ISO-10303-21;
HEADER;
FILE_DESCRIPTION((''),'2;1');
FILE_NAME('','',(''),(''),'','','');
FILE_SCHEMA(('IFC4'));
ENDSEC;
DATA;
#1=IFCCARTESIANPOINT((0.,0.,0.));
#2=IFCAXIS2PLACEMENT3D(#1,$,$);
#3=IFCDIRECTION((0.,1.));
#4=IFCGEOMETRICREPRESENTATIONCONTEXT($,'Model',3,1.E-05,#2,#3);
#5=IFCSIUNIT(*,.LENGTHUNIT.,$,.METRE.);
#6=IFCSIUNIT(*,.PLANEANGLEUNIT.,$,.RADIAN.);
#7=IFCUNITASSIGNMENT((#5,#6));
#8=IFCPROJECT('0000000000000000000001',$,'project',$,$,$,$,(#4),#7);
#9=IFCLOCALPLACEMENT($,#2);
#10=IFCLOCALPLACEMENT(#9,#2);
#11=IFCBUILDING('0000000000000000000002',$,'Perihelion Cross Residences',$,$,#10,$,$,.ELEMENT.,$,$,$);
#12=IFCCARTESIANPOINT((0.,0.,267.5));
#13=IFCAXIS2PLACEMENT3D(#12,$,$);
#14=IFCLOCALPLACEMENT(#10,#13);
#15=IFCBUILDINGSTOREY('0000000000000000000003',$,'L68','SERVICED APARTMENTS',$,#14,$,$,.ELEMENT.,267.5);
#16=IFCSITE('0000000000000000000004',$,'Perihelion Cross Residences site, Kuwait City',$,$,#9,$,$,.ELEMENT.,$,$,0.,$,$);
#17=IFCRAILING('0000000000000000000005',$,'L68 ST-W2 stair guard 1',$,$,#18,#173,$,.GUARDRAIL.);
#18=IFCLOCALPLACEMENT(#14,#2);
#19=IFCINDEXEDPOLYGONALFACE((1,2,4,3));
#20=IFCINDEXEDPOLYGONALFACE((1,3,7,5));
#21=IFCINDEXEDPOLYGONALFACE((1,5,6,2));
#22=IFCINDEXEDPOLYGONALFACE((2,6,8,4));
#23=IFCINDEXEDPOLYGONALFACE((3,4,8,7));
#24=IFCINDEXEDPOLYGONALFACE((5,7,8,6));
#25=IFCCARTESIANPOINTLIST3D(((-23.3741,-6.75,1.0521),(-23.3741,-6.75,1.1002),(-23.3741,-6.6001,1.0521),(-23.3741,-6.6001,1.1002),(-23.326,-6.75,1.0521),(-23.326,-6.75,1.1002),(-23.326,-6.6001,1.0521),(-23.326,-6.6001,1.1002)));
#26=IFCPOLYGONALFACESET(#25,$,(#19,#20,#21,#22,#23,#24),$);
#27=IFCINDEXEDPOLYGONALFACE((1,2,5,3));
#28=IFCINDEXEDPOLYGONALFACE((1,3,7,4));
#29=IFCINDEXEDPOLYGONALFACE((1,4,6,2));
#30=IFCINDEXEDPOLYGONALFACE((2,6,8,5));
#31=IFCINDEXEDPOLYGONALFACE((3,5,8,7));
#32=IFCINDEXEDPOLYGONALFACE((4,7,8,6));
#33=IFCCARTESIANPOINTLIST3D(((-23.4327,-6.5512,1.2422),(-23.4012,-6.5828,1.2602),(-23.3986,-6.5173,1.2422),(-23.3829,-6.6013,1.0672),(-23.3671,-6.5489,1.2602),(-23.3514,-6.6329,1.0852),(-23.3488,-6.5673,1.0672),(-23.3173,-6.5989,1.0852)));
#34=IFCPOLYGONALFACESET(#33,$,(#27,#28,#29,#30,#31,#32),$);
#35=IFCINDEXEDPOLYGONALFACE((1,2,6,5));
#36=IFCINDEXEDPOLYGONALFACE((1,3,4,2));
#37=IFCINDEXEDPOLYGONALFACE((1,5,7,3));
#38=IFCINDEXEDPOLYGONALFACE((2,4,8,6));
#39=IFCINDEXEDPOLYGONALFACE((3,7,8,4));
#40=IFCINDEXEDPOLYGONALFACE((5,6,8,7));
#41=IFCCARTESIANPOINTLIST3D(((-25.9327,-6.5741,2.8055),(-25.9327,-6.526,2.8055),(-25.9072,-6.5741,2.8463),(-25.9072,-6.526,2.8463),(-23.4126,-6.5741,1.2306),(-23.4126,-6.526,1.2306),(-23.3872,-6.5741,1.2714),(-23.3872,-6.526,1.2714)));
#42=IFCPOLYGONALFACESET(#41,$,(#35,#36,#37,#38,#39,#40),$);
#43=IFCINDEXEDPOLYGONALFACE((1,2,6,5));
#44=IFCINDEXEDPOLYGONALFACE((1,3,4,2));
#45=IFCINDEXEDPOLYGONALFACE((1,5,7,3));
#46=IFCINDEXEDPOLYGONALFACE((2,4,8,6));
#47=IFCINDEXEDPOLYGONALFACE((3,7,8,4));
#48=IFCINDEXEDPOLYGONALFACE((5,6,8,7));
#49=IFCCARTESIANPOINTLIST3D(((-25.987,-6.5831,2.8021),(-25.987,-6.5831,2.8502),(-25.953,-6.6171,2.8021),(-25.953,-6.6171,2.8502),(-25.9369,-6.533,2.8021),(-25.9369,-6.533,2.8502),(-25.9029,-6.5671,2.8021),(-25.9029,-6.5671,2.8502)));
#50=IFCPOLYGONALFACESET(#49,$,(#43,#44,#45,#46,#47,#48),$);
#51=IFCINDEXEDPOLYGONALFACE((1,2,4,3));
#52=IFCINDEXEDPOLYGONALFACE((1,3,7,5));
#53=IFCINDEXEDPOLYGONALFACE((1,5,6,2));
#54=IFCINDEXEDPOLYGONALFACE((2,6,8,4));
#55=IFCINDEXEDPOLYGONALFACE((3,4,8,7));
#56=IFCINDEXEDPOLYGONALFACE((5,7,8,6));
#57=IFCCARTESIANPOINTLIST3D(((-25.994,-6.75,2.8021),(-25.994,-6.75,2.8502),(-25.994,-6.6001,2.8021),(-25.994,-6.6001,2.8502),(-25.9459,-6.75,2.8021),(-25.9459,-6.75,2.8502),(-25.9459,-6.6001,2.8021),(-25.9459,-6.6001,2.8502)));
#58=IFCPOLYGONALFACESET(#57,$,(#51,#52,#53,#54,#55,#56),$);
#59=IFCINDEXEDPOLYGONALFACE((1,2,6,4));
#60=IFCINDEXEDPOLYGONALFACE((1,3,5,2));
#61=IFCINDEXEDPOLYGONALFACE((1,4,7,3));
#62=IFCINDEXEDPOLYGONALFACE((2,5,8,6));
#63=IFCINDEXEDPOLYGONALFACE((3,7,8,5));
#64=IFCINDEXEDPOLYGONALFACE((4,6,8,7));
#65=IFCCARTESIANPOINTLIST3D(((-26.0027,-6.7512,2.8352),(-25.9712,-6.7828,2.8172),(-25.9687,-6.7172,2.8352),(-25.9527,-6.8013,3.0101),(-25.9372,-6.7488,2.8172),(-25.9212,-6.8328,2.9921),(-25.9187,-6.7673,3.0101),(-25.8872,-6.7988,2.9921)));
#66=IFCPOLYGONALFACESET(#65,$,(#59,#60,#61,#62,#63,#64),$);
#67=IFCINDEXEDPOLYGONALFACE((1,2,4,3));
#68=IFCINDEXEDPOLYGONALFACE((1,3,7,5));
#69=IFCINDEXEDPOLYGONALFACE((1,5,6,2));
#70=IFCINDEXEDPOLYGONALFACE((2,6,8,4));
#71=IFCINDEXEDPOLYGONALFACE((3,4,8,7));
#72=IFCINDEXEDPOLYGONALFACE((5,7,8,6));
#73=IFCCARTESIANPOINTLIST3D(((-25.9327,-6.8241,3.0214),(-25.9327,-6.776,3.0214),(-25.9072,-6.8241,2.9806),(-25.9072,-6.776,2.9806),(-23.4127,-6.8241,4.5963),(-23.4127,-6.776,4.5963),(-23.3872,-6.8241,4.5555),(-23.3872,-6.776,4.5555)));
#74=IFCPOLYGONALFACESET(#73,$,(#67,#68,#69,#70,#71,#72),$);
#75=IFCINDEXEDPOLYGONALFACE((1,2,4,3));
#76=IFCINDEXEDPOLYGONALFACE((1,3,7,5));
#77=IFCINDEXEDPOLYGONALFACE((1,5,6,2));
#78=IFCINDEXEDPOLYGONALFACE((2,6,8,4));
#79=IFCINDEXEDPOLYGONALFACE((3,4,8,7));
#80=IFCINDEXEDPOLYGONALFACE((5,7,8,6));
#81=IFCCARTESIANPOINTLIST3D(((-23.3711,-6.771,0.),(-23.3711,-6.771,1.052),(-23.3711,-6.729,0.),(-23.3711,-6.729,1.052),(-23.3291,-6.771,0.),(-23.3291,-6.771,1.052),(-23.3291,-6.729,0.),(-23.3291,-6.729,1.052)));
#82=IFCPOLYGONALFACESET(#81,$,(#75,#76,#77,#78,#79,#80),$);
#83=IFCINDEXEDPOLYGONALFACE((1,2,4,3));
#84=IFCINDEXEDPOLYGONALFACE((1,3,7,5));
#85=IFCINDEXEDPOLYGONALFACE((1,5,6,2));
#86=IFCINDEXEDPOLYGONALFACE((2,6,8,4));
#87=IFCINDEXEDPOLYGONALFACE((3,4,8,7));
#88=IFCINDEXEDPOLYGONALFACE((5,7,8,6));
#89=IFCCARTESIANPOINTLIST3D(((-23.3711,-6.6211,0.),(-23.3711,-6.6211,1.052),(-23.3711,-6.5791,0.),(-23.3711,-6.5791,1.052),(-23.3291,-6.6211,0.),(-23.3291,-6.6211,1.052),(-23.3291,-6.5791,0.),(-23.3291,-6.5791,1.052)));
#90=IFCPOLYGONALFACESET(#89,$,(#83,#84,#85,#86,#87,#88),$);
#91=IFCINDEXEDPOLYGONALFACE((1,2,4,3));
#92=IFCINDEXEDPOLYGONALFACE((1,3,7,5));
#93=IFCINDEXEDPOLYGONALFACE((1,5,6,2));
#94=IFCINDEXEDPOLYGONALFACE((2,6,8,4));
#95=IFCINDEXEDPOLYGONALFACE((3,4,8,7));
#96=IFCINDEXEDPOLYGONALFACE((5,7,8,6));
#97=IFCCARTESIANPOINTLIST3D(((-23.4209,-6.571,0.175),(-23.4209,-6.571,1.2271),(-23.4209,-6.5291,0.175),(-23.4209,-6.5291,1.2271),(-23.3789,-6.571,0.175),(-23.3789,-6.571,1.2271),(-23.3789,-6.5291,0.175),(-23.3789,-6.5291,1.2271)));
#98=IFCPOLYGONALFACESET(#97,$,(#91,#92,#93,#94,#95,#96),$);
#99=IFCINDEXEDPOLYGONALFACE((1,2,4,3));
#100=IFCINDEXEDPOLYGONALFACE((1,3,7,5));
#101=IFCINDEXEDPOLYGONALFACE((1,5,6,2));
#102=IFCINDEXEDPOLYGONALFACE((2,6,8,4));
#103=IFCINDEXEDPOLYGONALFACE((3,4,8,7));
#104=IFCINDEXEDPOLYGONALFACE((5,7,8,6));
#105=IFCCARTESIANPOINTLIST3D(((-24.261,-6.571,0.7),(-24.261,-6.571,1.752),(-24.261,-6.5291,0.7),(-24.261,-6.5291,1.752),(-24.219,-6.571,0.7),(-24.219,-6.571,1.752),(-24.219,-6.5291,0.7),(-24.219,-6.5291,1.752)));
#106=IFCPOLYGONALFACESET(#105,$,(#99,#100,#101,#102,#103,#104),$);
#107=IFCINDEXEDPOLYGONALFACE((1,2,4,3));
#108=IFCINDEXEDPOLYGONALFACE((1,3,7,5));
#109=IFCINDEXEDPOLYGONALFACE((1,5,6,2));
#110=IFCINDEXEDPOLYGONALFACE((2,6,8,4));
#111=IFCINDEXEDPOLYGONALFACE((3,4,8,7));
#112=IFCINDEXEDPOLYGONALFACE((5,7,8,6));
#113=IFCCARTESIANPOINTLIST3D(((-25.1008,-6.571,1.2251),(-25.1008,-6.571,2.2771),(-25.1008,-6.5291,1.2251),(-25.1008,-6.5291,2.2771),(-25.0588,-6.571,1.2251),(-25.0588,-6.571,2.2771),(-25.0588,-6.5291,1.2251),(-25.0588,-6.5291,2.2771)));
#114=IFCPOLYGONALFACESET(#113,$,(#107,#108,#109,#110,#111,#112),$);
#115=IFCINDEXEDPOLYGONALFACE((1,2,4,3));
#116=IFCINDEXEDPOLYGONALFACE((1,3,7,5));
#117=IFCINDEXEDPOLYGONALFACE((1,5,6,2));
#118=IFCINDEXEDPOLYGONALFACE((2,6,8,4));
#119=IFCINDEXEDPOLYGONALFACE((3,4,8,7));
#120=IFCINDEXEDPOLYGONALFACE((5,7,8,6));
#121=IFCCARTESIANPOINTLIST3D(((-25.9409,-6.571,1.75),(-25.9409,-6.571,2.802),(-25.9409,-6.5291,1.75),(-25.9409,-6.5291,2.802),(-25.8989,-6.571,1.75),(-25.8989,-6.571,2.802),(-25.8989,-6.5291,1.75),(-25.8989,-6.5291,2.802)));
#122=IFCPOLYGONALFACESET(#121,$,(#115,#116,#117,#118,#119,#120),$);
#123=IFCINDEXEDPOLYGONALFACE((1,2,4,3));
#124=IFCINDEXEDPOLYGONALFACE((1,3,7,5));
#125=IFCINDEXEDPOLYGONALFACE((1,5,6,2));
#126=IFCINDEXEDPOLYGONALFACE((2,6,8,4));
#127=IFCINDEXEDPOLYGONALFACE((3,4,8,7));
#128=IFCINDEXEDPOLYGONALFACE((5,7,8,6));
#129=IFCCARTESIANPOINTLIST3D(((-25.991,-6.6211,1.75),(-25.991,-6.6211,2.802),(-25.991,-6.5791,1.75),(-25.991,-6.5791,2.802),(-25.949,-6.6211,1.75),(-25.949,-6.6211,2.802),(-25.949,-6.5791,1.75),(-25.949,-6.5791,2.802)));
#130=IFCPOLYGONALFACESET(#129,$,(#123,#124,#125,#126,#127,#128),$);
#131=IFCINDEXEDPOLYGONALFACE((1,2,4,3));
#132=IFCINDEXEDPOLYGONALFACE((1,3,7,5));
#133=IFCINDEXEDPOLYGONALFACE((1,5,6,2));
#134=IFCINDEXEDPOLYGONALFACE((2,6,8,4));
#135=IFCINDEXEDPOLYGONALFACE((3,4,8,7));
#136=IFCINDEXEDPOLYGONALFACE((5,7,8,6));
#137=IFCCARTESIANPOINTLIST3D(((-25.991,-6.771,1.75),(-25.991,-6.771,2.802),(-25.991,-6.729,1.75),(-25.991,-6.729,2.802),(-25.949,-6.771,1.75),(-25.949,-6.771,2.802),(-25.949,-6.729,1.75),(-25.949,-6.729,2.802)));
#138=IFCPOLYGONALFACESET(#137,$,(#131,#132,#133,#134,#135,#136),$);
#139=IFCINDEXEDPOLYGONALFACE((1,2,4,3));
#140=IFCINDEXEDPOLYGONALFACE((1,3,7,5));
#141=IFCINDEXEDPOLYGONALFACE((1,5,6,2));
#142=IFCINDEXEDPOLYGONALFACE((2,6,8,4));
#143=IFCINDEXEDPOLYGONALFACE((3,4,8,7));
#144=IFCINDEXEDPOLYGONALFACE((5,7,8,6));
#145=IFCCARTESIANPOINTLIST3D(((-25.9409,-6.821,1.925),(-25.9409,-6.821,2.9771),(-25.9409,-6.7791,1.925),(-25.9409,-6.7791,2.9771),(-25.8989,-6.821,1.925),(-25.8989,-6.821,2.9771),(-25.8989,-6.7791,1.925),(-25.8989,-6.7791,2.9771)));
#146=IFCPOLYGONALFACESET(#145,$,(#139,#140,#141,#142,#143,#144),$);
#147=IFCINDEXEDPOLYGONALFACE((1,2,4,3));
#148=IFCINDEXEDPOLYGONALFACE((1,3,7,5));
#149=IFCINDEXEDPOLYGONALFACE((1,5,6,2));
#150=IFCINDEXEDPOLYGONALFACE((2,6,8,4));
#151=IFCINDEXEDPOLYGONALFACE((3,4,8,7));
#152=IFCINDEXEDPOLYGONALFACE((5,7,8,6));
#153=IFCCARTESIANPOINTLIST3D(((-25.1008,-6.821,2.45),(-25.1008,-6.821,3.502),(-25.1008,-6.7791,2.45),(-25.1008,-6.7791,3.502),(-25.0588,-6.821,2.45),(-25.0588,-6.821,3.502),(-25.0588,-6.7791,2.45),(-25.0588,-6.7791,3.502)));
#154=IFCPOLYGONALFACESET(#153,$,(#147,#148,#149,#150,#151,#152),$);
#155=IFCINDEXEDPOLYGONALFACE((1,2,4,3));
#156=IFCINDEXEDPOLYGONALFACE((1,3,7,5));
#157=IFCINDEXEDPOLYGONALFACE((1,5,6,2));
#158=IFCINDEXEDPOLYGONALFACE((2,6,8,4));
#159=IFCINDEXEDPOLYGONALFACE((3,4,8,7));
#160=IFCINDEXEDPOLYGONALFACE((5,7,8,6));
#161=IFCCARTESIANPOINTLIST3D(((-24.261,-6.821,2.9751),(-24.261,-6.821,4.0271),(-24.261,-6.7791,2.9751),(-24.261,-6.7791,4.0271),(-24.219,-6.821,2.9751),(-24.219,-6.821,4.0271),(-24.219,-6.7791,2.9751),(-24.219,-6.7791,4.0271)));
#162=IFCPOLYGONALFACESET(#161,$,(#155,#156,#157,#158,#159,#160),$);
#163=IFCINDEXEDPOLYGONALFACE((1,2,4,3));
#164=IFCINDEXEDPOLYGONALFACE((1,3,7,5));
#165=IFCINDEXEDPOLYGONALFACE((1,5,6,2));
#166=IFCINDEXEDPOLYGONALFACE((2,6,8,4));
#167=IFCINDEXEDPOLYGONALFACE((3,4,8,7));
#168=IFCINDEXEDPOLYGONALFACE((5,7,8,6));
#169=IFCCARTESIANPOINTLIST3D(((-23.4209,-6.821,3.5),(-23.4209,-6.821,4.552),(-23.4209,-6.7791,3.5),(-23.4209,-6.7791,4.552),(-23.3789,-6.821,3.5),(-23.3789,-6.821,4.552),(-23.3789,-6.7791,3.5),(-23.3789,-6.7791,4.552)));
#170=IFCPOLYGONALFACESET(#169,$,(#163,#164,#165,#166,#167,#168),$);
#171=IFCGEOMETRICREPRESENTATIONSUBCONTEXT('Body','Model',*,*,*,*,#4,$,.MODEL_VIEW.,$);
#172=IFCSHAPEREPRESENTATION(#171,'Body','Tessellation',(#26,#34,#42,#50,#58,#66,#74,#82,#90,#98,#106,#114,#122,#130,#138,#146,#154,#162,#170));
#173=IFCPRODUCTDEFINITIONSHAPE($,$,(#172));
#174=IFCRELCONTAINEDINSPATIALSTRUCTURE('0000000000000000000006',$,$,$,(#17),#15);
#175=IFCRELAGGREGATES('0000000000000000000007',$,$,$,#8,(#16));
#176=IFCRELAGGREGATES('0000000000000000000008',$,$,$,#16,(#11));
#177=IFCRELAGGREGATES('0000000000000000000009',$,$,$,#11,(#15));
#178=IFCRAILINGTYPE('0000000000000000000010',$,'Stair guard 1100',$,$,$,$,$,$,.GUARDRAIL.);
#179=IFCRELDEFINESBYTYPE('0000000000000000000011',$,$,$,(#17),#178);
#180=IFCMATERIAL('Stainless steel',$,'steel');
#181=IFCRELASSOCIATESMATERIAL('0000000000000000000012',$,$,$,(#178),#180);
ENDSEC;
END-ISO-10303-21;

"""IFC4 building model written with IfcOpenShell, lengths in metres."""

from ifc_helpers import new_model, si_unit, direction, frame, origin, origin_2d, place, context, subcontext, project, spatial, rectangle, extrude, material, type_object, element, save


model = new_model("IFC4")

# Units and contexts
model_context = context("Model", 3, precision=1e-05, world=origin(), true_north=direction((0.0, 1.0)))
body_context = subcontext(model_context, "Body", "Model", "MODEL_VIEW")
ifc_project = project(units=[si_unit("LENGTHUNIT", "METRE"), si_unit("PLANEANGLEUNIT", "RADIAN")], contexts=[model_context])

# Site, building, storey
site_placement = place(None, origin())
site = spatial("IfcSite", under=ifc_project, at=site_placement, Name="Perihelion Cross Residences site, Kuwait City", CompositionType="ELEMENT", RefElevation=0.0)
building_placement = place(site_placement, origin())
building = spatial("IfcBuilding", under=site, at=building_placement, Name="Perihelion Cross Residences", CompositionType="ELEMENT")
storey_placement = place(building_placement, frame((0.0, 0.0, 267.5)))
storey = spatial("IfcBuildingStorey", under=building, at=storey_placement, Name="L68", Description="SERVICED APARTMENTS", CompositionType="ELEMENT", Elevation=267.5)

# Railing
ifc_material_1 = material(Name="Stainless steel", Category="steel")
railing_type_1 = type_object("IfcRailingType", Name="Stair guard 1100", PredefinedType="GUARDRAIL", material=ifc_material_1)
railing_1_placement = place(storey_placement, frame((-23.3501, -6.75, 0.0)))
element("IfcRailing", 1, at=railing_1_placement, inside=storey, type_object=railing_type_1, Name="L68 ST-W2 stair guard 1", PredefinedType="GUARDRAIL", context=body_context, shape_type="SweptSolid", body=[
    extrude(rectangle(XDim=0.0481, YDim=0.0481, at=origin_2d()), frame((0.0, 0.0, 1.0762), z_axis=(0.0, 1.0, 0.0), x_axis=(-1.0, 0.0, 0.0)), (0.0, 0.0, 1.0), 0.1499),
    extrude(rectangle(XDim=0.0481, YDim=0.0481, at=origin_2d()), frame((0.0, 0.1499, 1.0762), z_axis=(-0.263862, 0.265156, 0.927399), x_axis=(-0.708834, -0.705376, 0.0)), (0.0, 0.0, 1.0), 0.1887),
    extrude(rectangle(XDim=0.0481, YDim=0.0481, at=origin_2d()), frame((-0.0498, 0.2, 1.251), z_axis=(-0.848008, 0.0, 0.529984), x_axis=(0.0, -1.0, 0.0)), (0.0, 0.0, 1.0), 2.9717),
    extrude(rectangle(XDim=0.0481, YDim=0.0481, at=origin_2d()), frame((-2.5698, 0.2, 2.8262), z_axis=(-0.707107, -0.707107, 0.0), x_axis=(0.707107, -0.707107, 0.0)), (0.0, 0.0, 1.0), 0.0708),
    extrude(rectangle(XDim=0.0481, YDim=0.0481, at=origin_2d()), frame((-2.6199, 0.1499, 2.8262), z_axis=(0.0, -1.0, 0.0), x_axis=(1.0, 0.0, 0.0)), (0.0, 0.0, 1.0), 0.1499),
    extrude(rectangle(XDim=0.0481, YDim=0.0481, at=origin_2d()), frame((-2.6199, 0.0, 2.8262), z_axis=(0.265065, -0.265065, 0.927082), x_axis=(0.707107, 0.707107, 0.0)), (0.0, 0.0, 1.0), 0.1887),
    extrude(rectangle(XDim=0.0481, YDim=0.0481, at=origin_2d()), frame((-2.5698, -0.05, 3.001), z_axis=(0.848008, 0.0, 0.529984), x_axis=(0.0, 1.0, 0.0)), (0.0, 0.0, 1.0), 2.9717),
    extrude(rectangle(XDim=0.042, YDim=0.042, at=origin_2d()), origin(), (0.0, 0.0, 1.0), 1.052),
    extrude(rectangle(XDim=0.042, YDim=0.042, at=origin_2d()), frame((0.0, 0.1499, 0.0)), (0.0, 0.0, 1.0), 1.052),
    extrude(rectangle(XDim=0.042, YDim=0.042, at=origin_2d()), frame((-0.0498, 0.2, 0.175)), (0.0, 0.0, 1.0), 1.052),
    extrude(rectangle(XDim=0.042, YDim=0.042, at=origin_2d()), frame((-0.8899, 0.2, 0.7)), (0.0, 0.0, 1.0), 1.052),
    extrude(rectangle(XDim=0.042, YDim=0.042, at=origin_2d()), frame((-1.7297, 0.2, 1.2251)), (0.0, 0.0, 1.0), 1.052),
    extrude(rectangle(XDim=0.042, YDim=0.042, at=origin_2d()), frame((-2.5698, 0.2, 1.75)), (0.0, 0.0, 1.0), 1.052),
    extrude(rectangle(XDim=0.042, YDim=0.042, at=origin_2d()), frame((-2.6199, 0.1499, 1.75)), (0.0, 0.0, 1.0), 1.052),
    extrude(rectangle(XDim=0.042, YDim=0.042, at=origin_2d()), frame((-2.6199, 0.0, 1.75)), (0.0, 0.0, 1.0), 1.052),
    extrude(rectangle(XDim=0.042, YDim=0.042, at=origin_2d()), frame((-2.5698, -0.05, 1.925)), (0.0, 0.0, 1.0), 1.052),
    extrude(rectangle(XDim=0.042, YDim=0.042, at=origin_2d()), frame((-1.7297, -0.05, 2.45)), (0.0, 0.0, 1.0), 1.052),
    extrude(rectangle(XDim=0.042, YDim=0.042, at=origin_2d()), frame((-0.8899, -0.05, 2.9751)), (0.0, 0.0, 1.0), 1.052),
    extrude(rectangle(XDim=0.042, YDim=0.042, at=origin_2d()), frame((-0.0498, -0.05, 3.5)), (0.0, 0.0, 1.0), 1.052),
])

save(model, "model.ifc")
